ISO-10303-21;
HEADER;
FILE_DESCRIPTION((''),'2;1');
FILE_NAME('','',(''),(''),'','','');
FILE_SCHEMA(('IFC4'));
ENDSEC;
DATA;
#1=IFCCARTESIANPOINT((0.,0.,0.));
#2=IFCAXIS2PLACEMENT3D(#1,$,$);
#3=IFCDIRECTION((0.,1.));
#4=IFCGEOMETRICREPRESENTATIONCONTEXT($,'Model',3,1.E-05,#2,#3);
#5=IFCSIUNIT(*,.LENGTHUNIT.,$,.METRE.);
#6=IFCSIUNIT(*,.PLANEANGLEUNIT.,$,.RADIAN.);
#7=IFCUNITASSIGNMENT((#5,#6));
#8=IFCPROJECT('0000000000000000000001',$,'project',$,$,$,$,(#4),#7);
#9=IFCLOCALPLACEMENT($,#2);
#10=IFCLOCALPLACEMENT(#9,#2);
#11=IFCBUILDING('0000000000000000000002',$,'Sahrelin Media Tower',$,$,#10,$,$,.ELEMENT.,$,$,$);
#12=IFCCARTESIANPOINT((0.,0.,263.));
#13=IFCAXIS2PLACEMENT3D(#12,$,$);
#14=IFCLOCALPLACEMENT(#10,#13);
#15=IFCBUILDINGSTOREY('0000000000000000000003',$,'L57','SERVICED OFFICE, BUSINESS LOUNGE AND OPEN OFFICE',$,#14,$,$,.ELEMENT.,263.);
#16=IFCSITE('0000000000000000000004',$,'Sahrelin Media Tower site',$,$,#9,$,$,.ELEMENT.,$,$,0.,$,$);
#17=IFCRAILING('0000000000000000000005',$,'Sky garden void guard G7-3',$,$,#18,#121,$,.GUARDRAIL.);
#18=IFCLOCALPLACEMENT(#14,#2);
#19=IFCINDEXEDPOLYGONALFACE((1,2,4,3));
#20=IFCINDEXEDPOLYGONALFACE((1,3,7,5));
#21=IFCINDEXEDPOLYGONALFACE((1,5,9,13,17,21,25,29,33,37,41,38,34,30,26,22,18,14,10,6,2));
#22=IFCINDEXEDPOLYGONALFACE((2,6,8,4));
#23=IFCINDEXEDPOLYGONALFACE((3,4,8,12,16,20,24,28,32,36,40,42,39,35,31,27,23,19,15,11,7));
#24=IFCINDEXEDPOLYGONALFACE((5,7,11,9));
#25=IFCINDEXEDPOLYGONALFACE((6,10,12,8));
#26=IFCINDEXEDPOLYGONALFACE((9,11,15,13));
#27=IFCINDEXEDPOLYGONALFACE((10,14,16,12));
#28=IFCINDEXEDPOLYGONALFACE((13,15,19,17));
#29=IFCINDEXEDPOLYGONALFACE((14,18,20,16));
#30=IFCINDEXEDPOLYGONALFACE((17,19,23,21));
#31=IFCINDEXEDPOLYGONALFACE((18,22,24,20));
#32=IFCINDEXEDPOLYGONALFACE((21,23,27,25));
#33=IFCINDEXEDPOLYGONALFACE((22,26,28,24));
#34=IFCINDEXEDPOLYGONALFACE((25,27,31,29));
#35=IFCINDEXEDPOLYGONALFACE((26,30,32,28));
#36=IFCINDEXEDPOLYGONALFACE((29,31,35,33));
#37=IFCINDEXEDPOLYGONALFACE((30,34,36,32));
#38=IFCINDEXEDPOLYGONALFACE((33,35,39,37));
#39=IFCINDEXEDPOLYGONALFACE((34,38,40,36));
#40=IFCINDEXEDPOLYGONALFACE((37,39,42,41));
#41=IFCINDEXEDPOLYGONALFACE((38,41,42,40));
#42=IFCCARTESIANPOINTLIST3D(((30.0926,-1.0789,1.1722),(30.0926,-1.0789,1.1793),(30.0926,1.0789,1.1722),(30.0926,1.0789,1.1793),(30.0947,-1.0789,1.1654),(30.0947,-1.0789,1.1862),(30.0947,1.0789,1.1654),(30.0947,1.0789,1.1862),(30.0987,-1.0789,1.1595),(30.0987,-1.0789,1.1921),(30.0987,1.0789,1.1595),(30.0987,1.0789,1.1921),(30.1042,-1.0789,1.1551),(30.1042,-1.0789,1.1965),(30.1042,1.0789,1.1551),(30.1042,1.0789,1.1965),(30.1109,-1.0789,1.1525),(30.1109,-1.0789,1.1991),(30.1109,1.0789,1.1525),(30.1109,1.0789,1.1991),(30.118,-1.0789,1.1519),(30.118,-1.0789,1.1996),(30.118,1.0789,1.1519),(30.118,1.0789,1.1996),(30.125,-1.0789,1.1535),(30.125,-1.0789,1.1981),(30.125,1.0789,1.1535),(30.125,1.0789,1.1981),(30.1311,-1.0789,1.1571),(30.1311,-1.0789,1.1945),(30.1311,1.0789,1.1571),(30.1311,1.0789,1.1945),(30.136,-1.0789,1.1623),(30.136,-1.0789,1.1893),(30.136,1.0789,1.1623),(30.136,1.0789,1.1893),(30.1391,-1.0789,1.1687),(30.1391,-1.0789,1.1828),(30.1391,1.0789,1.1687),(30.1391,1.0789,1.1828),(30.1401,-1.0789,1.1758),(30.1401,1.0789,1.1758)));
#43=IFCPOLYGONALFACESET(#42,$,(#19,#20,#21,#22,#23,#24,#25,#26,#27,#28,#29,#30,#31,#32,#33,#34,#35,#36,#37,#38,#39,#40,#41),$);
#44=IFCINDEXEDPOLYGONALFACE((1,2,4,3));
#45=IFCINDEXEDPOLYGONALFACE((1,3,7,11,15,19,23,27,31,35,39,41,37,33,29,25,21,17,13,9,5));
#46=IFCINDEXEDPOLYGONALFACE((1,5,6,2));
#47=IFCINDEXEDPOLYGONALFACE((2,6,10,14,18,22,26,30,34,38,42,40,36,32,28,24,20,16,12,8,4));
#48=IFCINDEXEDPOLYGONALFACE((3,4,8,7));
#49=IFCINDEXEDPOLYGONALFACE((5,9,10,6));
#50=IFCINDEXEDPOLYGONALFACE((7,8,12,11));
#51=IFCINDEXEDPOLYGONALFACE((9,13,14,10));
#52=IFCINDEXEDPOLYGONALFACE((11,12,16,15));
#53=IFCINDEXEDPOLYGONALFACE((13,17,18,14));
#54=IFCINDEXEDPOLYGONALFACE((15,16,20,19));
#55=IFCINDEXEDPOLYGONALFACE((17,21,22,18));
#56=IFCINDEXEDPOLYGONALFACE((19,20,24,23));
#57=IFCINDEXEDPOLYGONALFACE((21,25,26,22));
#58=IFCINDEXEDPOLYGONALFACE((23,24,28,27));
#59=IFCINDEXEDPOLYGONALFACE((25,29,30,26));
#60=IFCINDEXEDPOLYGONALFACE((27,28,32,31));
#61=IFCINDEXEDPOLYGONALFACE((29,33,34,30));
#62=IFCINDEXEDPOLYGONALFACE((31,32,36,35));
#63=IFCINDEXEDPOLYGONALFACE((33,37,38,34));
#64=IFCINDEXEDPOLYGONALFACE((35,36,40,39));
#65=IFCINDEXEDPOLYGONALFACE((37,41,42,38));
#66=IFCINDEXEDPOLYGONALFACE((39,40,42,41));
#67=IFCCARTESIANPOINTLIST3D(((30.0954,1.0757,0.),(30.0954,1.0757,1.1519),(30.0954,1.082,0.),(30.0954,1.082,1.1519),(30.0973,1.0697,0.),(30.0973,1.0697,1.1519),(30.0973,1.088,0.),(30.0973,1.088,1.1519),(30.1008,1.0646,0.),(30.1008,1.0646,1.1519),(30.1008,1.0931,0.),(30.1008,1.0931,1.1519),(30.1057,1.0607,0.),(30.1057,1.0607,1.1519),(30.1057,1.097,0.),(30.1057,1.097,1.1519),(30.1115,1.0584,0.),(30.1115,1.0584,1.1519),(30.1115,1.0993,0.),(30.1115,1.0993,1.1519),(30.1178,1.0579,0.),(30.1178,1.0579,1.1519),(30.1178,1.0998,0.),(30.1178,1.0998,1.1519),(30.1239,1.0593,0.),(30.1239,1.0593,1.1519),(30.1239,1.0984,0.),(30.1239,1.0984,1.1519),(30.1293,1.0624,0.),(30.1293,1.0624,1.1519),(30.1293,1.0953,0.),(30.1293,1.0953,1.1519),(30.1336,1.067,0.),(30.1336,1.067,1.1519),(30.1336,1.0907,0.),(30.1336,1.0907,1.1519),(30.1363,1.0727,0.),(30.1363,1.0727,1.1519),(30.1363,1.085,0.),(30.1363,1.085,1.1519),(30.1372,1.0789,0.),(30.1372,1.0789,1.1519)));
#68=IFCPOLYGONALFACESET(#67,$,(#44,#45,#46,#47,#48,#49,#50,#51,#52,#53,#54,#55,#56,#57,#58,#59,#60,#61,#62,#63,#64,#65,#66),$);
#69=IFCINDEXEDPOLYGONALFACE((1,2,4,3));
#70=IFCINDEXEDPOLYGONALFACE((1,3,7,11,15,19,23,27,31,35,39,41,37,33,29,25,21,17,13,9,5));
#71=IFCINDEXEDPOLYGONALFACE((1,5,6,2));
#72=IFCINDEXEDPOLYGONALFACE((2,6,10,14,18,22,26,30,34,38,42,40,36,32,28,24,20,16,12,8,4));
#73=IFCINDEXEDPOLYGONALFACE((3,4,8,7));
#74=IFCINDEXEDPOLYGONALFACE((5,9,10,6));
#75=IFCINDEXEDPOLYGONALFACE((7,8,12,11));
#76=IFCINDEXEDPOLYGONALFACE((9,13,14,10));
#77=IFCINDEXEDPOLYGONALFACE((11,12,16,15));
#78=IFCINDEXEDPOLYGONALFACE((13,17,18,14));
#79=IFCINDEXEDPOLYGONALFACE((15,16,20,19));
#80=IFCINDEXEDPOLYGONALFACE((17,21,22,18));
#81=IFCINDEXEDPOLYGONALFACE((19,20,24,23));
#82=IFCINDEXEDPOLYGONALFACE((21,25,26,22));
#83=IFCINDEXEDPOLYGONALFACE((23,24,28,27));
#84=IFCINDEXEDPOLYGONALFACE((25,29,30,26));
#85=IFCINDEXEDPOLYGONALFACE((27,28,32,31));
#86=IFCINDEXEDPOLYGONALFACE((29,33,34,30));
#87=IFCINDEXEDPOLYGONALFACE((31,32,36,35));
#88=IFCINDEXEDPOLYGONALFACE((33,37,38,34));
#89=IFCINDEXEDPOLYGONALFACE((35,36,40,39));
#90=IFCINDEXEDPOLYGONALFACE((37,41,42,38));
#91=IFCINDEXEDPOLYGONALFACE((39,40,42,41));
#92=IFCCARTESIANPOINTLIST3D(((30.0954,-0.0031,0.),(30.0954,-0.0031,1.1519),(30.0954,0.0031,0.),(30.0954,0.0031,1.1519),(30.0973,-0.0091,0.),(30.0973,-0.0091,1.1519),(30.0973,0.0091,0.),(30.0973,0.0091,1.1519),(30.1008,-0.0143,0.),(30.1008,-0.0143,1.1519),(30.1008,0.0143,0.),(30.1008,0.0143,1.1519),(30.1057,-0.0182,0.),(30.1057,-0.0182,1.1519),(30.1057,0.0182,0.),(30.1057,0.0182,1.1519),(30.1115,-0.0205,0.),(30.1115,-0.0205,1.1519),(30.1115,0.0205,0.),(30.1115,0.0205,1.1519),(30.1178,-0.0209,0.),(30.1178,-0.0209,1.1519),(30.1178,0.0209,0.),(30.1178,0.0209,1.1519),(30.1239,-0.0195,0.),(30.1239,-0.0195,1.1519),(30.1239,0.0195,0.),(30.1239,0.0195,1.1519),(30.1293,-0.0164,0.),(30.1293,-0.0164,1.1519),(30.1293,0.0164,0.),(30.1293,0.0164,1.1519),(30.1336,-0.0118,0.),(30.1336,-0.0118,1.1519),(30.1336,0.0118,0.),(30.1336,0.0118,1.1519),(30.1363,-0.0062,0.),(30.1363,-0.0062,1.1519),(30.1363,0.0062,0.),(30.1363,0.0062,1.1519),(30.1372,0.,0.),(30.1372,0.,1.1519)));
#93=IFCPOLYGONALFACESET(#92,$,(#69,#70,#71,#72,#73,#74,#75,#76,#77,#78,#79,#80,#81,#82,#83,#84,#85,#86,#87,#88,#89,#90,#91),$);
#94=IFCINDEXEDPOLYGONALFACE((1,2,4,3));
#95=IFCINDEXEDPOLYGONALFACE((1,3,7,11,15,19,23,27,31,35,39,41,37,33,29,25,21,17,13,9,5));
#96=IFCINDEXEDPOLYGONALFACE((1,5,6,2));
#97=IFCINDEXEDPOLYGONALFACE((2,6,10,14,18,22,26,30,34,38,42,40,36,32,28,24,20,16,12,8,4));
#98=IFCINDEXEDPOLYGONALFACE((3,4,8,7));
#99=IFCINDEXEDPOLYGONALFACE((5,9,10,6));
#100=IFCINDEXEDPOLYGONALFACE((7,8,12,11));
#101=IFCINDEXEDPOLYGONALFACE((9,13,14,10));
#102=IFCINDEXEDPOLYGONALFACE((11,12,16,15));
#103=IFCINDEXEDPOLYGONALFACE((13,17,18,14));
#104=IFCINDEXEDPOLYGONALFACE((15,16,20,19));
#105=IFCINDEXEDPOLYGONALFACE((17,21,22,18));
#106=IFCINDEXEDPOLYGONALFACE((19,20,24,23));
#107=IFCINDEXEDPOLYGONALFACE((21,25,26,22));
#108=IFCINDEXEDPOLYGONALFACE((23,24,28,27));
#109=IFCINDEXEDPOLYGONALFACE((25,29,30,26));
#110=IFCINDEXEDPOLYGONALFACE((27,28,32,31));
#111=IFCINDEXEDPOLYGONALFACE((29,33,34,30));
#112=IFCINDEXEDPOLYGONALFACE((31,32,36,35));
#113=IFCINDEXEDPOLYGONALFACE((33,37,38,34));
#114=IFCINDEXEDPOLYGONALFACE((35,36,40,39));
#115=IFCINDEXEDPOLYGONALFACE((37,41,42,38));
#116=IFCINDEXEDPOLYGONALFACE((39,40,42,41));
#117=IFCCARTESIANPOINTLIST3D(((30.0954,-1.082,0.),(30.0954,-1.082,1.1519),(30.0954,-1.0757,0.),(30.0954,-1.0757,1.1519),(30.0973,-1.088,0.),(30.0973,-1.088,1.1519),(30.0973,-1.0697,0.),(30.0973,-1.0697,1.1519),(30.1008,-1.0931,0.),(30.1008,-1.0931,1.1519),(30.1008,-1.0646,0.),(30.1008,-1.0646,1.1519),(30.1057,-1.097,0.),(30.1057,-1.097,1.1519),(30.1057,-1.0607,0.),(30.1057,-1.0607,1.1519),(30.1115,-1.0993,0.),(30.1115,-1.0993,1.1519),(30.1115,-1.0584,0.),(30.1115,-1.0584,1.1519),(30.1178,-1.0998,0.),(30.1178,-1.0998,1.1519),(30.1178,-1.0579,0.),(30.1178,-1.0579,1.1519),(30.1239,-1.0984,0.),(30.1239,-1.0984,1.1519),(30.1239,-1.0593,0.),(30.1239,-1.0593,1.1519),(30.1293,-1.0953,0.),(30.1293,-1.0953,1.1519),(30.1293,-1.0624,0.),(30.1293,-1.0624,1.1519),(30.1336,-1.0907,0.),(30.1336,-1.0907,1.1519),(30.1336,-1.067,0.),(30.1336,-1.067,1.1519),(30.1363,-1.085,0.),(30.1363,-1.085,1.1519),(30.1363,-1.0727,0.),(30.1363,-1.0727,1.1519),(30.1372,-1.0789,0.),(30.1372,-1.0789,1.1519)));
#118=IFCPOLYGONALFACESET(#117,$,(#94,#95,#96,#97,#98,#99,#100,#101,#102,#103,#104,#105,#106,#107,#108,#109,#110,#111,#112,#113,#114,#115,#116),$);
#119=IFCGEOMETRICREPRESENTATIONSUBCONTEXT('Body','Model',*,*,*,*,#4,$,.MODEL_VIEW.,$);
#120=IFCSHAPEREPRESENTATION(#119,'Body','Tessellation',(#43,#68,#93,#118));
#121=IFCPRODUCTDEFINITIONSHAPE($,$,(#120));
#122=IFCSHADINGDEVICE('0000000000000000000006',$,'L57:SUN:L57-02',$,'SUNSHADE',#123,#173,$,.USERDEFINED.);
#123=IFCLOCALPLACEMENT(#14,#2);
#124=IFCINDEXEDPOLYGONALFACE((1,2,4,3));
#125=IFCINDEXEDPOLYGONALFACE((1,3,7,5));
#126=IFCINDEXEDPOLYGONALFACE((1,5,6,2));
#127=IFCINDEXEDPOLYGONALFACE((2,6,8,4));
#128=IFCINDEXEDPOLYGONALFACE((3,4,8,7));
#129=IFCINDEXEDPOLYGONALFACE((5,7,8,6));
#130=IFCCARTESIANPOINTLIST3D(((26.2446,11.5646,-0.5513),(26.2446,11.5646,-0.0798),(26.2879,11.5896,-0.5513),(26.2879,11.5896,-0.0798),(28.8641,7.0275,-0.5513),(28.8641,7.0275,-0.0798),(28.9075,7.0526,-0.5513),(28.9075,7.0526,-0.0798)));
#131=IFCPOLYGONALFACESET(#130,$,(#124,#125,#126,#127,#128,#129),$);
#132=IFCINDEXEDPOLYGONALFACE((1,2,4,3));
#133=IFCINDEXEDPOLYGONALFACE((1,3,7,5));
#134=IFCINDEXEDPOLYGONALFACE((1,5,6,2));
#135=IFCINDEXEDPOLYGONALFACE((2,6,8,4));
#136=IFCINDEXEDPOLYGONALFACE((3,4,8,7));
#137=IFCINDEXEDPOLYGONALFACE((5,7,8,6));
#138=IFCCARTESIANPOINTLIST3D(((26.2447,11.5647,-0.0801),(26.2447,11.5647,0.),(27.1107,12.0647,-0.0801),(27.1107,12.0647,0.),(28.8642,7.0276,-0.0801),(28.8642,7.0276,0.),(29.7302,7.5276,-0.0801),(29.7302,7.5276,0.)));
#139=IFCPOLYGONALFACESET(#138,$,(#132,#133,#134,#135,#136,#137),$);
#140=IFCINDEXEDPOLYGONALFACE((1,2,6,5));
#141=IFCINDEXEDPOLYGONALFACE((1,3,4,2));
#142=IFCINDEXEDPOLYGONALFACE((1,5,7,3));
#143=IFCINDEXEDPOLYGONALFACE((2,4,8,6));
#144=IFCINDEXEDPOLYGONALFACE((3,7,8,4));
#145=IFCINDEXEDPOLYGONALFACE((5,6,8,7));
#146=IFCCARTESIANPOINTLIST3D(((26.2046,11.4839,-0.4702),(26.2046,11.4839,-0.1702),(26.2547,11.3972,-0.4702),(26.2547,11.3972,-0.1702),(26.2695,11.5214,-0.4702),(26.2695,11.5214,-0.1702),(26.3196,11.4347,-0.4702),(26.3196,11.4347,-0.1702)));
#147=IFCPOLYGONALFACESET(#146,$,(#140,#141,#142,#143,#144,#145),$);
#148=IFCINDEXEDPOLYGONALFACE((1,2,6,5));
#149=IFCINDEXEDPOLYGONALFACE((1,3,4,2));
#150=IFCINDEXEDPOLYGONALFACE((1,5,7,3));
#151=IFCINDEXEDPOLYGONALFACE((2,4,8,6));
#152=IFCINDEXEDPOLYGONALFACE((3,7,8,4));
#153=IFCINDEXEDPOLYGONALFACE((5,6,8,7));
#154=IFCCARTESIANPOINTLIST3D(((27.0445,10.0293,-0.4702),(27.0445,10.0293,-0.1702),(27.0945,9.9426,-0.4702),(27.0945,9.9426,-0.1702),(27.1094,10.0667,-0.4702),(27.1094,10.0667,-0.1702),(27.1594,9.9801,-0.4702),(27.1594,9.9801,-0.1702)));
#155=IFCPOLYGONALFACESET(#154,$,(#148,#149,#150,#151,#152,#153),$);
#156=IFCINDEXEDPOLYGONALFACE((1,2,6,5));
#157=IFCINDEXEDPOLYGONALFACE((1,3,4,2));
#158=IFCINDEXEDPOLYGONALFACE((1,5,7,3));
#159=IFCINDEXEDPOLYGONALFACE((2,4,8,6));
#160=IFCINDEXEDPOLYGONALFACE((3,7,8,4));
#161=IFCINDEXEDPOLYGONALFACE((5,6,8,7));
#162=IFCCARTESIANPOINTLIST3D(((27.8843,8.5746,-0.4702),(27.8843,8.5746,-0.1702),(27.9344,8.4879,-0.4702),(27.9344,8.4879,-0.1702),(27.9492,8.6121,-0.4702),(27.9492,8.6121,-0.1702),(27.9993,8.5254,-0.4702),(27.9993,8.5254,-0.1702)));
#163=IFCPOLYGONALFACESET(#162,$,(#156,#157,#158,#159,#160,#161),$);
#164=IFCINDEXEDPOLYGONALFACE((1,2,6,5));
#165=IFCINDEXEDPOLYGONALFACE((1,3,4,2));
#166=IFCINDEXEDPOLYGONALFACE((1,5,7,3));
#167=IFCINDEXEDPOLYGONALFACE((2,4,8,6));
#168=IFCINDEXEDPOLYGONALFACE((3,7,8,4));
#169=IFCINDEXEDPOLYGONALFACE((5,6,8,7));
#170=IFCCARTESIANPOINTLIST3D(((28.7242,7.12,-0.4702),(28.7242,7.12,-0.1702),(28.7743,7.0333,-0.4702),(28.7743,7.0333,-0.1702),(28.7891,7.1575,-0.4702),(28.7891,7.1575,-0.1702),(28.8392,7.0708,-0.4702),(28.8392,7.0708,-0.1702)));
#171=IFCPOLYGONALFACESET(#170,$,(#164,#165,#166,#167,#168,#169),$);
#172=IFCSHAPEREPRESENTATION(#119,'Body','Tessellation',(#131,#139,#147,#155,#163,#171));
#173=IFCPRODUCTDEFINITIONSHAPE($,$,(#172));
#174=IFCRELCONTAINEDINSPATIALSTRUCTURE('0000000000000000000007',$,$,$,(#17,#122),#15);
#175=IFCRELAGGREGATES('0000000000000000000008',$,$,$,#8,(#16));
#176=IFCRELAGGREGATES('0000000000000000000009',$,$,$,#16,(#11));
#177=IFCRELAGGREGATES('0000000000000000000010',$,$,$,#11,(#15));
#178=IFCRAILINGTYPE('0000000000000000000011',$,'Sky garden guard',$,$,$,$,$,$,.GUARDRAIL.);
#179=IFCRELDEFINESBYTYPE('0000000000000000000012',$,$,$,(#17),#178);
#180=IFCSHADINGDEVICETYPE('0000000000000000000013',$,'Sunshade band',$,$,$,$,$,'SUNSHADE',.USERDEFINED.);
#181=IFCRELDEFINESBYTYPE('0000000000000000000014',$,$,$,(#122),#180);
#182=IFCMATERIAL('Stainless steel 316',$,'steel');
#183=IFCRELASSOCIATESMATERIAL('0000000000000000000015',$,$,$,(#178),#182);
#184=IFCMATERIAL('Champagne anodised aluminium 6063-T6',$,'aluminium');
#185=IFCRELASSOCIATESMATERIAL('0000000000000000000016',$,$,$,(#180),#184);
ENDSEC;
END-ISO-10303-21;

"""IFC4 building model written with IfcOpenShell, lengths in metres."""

from ifc_helpers import new_model, si_unit, direction, frame, origin, origin_2d, place, context, subcontext, project, spatial, rectangle, circle, extrude, material, type_object, element, save


model = new_model("IFC4")

# Units and contexts
model_context = context("Model", 3, precision=1e-05, world=origin(), true_north=direction((0.0, 1.0)))
body_context = subcontext(model_context, "Body", "Model", "MODEL_VIEW")
ifc_project = project(units=[si_unit("LENGTHUNIT", "METRE"), si_unit("PLANEANGLEUNIT", "RADIAN")], contexts=[model_context])

# Site, building, storey
site_placement = place(None, origin())
site = spatial("IfcSite", under=ifc_project, at=site_placement, Name="Sahrelin Media Tower site", CompositionType="ELEMENT", RefElevation=0.0)
building_placement = place(site_placement, origin())
building = spatial("IfcBuilding", under=site, at=building_placement, Name="Sahrelin Media Tower", CompositionType="ELEMENT")
storey_placement = place(building_placement, frame((0.0, 0.0, 263.0)))
storey = spatial("IfcBuildingStorey", under=building, at=storey_placement, Name="L57", Description="SERVICED OFFICE, BUSINESS LOUNGE AND OPEN OFFICE", CompositionType="ELEMENT", Elevation=263.0)

# Shared definitions
ifc_material_1 = material(Name="Champagne anodised aluminium 6063-T6", Category="aluminium")

# Shared definitions
placement = place(storey_placement, frame((27.5371, 9.2861, 0.0), z_axis=(0.0, 0.0, 1.0), x_axis=(0.500011, -0.866019, 0.0)))

# Railing
ifc_material_2 = material(Name="Stainless steel 316", Category="steel")
railing_type = type_object("IfcRailingType", Name="Sky garden guard", PredefinedType="GUARDRAIL", material=ifc_material_2)
railing_1_placement = place(storey_placement, frame((30.1162, 1.0789, 0.0)))
element("IfcRailing", 1, at=railing_1_placement, inside=storey, type_object=railing_type, Name="Sky garden void guard G7-3", PredefinedType="GUARDRAIL", context=body_context, shape_type="SweptSolid", body=[
    extrude(circle(Radius=0.0239, at=origin_2d()), frame((0.0, 0.0, 1.1758), z_axis=(0.0, -1.0, 0.0), x_axis=(1.0, 0.0, 0.0)), (0.0, 0.0, 1.0), 2.1577),
    extrude(circle(Radius=0.021, at=origin_2d()), origin(), (0.0, 0.0, 1.0), 1.1519),
    extrude(circle(Radius=0.021, at=origin_2d()), frame((0.0, -1.0789, 0.0)), (0.0, 0.0, 1.0), 1.1519),
    extrude(circle(Radius=0.021, at=origin_2d()), frame((0.0, -2.1577, 0.0)), (0.0, 0.0, 1.0), 1.1519),
])

# Shading device
shading_device_type_1 = type_object("IfcShadingDeviceType", Name="Sunshade band", ElementType="SUNSHADE", PredefinedType="USERDEFINED", material=ifc_material_1)
element("IfcShadingDevice", 2, at=placement, inside=storey, type_object=shading_device_type_1, Name="L57:SUN:L57-02", ObjectType="SUNSHADE", PredefinedType="USERDEFINED", context=body_context, shape_type="SweptSolid", body=[
    extrude(rectangle(XDim=5.239, YDim=0.05, at=origin_2d()), frame((0.0, 0.0449, -0.5513)), (0.0, 0.0, 1.0), 0.4714),
    extrude(rectangle(XDim=5.239, YDim=1.0, at=origin_2d()), frame((0.0, 0.52, -0.0801)), (0.0, 0.0, 1.0), 0.0801),
    extrude(rectangle(XDim=0.1001, YDim=0.075, at=origin_2d()), frame((-2.5195, -0.0176, -0.4702)), (0.0, 0.0, 1.0), 0.3),
    extrude(rectangle(XDim=0.1001, YDim=0.075, at=origin_2d()), frame((-0.8398, -0.0176, -0.4702)), (0.0, 0.0, 1.0), 0.3),
    extrude(rectangle(XDim=0.1001, YDim=0.075, at=origin_2d()), frame((0.8398, -0.0176, -0.4702)), (0.0, 0.0, 1.0), 0.3),
    extrude(rectangle(XDim=0.1001, YDim=0.075, at=origin_2d()), frame((2.5195, -0.0176, -0.4702)), (0.0, 0.0, 1.0), 0.3),
])

save(model, "model.ifc")
